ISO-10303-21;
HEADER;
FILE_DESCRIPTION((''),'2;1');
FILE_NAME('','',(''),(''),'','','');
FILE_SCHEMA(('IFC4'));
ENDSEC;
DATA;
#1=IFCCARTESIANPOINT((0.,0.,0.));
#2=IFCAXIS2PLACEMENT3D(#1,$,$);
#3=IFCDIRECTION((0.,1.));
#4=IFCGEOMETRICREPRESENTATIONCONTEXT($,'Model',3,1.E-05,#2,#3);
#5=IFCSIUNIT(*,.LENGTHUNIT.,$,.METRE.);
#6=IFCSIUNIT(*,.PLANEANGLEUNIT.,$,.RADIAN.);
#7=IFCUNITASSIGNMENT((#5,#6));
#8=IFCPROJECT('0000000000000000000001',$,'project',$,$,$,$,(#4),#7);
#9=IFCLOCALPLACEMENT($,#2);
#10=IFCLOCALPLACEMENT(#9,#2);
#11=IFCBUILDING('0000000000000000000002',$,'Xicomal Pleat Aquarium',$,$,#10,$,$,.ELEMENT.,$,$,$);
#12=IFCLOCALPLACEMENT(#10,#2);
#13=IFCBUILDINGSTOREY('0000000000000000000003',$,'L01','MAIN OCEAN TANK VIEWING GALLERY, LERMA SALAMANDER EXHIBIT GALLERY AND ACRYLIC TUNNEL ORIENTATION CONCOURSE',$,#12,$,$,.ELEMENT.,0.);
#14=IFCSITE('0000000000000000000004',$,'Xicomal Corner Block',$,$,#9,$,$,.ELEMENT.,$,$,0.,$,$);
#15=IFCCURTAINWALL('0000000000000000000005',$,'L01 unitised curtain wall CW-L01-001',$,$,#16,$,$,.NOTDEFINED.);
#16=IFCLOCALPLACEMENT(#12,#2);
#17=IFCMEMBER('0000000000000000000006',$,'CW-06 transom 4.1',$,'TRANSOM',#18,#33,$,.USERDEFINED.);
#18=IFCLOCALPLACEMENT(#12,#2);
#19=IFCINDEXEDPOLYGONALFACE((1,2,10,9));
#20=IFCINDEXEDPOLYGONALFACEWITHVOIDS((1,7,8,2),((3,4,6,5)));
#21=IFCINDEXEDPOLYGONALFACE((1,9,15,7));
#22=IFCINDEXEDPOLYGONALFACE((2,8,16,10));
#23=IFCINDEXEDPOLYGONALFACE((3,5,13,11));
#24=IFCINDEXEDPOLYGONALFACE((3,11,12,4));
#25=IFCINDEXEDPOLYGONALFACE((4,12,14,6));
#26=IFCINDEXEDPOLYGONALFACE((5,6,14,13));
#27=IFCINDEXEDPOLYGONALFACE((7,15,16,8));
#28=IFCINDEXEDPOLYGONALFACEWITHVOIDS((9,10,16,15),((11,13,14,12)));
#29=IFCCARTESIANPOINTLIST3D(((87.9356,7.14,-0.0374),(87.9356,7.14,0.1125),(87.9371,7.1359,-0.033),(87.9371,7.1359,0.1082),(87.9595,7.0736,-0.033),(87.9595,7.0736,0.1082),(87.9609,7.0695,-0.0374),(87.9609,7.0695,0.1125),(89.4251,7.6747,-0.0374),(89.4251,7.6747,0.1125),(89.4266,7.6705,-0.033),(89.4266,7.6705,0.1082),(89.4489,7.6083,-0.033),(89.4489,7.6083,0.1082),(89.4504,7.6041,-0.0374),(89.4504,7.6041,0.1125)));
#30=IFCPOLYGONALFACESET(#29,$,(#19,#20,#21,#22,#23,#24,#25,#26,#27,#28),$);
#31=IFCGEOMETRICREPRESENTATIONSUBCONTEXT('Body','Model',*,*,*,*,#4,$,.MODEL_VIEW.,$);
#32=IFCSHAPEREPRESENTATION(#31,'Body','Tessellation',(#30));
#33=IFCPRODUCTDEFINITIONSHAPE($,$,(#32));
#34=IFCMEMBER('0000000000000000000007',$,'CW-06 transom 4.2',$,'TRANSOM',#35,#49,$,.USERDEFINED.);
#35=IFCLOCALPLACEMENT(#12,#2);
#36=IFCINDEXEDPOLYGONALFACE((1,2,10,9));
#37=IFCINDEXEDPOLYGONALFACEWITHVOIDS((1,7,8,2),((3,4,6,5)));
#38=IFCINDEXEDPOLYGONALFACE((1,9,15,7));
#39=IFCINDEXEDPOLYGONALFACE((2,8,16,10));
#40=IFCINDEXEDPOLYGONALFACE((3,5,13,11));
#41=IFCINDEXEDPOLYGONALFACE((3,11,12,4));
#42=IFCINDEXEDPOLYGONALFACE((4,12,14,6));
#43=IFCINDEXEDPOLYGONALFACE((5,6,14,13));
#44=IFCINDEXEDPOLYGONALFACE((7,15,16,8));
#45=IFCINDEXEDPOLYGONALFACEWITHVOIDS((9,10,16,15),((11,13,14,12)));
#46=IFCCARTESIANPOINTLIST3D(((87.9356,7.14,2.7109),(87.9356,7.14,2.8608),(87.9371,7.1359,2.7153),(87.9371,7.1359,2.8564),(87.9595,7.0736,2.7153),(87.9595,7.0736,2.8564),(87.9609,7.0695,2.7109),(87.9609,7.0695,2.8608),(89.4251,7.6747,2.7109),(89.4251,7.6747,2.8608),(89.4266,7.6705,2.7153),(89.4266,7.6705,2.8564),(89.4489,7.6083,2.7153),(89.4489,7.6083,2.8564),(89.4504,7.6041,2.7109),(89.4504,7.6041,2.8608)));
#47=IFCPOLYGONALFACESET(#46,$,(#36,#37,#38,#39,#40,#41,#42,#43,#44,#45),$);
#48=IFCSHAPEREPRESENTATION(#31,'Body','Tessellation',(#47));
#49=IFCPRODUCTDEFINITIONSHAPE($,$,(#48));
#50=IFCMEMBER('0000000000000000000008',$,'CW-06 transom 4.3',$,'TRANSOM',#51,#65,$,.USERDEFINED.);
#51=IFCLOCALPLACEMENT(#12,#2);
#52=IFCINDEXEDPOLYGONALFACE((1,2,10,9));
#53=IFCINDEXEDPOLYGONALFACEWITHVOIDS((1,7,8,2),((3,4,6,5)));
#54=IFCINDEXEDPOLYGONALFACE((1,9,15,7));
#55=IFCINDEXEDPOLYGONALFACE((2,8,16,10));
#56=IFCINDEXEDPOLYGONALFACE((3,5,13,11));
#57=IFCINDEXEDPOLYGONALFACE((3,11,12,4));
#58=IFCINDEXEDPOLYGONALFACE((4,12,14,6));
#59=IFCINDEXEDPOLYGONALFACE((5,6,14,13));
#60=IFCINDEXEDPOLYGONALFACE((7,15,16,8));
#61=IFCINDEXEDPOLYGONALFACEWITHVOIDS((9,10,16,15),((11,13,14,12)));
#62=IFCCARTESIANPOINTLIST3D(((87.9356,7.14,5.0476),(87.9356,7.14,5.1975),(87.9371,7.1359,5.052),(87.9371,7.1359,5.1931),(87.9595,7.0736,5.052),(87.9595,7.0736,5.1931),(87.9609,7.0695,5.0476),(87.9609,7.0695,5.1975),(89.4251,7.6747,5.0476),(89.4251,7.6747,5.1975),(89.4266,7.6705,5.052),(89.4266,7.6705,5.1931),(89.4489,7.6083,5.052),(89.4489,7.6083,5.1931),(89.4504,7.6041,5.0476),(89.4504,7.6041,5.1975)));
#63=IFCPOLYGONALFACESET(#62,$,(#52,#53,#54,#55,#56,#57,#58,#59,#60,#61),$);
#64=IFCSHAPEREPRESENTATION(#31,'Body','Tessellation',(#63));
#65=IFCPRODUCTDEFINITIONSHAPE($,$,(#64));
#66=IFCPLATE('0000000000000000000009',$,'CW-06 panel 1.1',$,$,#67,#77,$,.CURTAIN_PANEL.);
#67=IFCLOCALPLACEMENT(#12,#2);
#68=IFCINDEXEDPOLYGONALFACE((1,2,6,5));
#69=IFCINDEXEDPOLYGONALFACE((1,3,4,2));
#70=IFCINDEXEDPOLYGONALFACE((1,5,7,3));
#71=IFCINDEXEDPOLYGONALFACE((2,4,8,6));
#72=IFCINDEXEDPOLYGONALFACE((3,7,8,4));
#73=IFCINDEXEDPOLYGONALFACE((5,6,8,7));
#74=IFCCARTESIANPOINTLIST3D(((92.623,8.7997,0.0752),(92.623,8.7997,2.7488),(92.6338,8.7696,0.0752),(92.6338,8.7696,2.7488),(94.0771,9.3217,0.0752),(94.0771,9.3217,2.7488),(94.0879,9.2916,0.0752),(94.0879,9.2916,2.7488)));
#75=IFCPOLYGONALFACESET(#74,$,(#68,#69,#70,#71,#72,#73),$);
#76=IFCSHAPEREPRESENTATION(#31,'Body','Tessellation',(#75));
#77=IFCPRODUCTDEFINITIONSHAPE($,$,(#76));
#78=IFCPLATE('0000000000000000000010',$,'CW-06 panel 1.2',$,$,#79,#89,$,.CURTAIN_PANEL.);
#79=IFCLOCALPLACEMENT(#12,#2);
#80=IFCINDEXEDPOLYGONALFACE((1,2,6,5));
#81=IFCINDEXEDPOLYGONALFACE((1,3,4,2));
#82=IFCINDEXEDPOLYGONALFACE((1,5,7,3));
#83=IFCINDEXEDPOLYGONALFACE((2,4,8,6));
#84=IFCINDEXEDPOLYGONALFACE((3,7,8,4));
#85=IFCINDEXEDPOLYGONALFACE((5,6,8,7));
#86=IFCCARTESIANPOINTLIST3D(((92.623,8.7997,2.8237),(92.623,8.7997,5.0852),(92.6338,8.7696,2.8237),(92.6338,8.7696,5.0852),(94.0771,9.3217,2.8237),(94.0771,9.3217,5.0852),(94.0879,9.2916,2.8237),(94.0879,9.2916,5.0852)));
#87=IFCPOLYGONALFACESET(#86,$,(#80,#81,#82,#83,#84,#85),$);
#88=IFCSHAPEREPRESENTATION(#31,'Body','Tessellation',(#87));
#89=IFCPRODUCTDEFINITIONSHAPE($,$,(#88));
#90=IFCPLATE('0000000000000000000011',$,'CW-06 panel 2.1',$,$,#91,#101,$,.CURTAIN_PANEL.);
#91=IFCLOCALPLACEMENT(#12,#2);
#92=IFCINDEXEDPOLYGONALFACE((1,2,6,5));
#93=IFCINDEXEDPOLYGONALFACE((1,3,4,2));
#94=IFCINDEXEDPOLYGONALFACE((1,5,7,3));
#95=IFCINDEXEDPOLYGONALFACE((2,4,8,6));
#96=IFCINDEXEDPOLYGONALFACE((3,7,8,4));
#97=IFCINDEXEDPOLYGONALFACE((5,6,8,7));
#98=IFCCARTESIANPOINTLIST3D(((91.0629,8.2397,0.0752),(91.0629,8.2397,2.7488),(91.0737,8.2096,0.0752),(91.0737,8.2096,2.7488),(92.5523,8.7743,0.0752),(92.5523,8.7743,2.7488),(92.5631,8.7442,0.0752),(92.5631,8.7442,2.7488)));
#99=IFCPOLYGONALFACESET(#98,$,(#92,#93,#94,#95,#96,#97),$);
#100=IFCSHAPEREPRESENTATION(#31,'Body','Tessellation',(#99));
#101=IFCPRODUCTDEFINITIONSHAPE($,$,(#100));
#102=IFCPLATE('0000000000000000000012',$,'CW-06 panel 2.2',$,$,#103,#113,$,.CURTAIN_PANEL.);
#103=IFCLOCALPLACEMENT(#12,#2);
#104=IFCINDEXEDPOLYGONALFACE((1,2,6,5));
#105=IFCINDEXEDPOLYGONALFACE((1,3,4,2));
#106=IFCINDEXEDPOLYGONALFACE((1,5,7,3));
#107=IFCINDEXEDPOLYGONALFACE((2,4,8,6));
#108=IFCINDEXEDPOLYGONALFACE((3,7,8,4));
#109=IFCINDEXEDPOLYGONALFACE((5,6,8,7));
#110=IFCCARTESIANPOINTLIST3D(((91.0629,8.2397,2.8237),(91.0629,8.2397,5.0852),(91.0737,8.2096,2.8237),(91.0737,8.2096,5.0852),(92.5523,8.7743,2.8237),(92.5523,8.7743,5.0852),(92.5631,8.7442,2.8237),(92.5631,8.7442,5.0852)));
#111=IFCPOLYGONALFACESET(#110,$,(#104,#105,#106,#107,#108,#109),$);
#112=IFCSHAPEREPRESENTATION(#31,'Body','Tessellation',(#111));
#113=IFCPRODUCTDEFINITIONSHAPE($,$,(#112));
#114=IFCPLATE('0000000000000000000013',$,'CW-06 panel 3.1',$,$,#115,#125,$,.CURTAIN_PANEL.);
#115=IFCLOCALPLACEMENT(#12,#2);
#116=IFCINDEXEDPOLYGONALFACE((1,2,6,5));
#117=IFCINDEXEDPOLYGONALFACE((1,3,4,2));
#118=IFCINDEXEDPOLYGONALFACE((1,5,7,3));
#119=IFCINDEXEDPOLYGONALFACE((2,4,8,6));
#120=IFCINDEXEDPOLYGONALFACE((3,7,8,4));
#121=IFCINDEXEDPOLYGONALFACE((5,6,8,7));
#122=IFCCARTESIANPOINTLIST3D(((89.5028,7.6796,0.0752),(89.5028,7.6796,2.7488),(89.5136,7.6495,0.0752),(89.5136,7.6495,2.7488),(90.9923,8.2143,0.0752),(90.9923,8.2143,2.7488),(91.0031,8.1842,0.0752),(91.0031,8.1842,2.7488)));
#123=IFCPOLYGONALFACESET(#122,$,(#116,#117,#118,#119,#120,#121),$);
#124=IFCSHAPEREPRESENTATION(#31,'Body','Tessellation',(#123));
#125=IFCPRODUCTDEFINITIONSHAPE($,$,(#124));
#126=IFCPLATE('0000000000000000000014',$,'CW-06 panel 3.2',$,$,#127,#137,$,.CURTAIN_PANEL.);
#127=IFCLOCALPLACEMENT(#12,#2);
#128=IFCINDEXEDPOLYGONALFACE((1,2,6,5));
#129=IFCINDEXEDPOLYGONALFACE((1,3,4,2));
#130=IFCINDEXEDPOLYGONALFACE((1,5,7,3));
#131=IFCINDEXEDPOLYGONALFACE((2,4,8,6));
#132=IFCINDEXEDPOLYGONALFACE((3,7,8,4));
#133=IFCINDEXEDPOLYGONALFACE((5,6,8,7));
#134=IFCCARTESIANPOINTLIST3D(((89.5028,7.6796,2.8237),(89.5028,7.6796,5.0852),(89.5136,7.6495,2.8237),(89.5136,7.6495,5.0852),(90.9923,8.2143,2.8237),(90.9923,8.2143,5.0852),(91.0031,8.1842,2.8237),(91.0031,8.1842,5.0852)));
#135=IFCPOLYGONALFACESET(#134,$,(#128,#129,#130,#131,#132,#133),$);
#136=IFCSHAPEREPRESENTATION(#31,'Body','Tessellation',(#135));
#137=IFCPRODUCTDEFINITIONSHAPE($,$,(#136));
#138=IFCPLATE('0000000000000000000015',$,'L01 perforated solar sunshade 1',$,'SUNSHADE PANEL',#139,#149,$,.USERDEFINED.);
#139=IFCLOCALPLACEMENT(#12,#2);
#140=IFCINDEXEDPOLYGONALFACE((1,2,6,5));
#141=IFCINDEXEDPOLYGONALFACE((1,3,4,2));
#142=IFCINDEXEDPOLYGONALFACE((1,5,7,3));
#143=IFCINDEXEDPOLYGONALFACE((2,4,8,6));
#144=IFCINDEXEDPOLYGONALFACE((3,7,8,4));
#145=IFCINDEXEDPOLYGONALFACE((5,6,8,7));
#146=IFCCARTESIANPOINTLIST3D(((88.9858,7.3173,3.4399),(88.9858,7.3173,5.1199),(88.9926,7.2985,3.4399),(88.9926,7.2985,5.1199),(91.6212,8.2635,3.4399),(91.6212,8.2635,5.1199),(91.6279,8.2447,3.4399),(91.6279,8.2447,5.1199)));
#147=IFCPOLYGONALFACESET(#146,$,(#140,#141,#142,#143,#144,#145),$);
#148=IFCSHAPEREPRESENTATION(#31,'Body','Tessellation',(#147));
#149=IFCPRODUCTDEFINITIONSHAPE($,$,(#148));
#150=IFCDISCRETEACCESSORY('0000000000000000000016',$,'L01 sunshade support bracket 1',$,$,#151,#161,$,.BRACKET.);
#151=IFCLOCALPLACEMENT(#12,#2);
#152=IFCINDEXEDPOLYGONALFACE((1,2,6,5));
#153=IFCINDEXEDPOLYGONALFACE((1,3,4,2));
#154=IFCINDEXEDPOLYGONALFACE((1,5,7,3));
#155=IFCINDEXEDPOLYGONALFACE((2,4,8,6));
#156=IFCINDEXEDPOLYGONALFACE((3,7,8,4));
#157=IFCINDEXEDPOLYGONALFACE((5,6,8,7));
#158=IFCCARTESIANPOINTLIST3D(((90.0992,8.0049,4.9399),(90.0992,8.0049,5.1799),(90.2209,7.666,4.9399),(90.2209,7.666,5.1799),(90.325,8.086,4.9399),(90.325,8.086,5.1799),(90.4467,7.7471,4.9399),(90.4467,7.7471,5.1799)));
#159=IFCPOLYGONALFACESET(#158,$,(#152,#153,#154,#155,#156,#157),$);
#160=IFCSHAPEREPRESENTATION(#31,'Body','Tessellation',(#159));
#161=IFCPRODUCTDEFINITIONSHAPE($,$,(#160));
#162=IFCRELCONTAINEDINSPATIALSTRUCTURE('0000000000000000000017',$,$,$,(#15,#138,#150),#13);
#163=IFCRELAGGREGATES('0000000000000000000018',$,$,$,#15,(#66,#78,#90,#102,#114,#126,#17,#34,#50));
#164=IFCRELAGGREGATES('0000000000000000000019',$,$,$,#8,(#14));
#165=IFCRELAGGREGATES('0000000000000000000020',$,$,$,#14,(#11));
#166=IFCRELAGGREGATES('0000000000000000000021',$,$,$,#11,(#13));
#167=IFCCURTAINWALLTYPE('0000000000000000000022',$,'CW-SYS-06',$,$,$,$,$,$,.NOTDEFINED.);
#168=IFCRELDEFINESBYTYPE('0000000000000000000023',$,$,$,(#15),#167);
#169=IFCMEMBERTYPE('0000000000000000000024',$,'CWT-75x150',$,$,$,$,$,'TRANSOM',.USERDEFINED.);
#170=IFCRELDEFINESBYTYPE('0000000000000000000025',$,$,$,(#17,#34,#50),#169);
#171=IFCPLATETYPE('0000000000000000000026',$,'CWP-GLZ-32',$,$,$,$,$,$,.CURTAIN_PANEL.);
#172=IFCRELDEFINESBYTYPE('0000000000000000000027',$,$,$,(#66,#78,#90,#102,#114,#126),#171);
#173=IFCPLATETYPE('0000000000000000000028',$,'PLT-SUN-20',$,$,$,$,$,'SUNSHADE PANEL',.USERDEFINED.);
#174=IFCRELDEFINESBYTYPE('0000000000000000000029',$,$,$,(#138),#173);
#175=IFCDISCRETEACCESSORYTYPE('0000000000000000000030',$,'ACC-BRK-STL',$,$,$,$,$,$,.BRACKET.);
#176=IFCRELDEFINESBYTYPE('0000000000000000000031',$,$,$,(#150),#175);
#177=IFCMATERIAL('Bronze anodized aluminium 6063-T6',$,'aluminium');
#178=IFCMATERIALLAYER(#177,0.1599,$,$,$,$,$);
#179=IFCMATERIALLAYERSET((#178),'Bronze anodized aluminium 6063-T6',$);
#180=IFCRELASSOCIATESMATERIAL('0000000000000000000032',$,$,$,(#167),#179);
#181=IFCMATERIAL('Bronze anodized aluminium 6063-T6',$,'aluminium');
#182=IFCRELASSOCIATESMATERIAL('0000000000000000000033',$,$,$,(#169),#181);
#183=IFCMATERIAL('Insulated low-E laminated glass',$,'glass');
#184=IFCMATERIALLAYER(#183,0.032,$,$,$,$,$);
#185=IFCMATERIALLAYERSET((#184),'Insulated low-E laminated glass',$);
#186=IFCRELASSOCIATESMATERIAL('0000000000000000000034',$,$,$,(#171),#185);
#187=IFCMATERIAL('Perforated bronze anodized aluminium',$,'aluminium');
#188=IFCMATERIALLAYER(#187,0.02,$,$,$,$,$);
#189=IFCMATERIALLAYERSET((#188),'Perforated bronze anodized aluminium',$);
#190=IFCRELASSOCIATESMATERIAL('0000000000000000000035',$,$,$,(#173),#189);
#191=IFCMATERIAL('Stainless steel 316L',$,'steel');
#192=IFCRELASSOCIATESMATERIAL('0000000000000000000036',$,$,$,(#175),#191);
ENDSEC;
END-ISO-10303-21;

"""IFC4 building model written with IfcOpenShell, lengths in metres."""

from ifc_helpers import new_model, si_unit, direction, frame, origin, origin_2d, place, context, subcontext, project, spatial, rectangle, hollow_rectangle, extrude, material, layer, layer_set, material_profile, profile_set, type_object, element, aggregate, save


model = new_model("IFC4")

# Units and contexts
model_context = context("Model", 3, precision=1e-05, world=origin(), true_north=direction((0.0, 1.0)))
body_context = subcontext(model_context, "Body", "Model", "MODEL_VIEW")
ifc_project = project(units=[si_unit("LENGTHUNIT", "METRE"), si_unit("PLANEANGLEUNIT", "RADIAN")], contexts=[model_context])

# Site, building, storey
site_placement = place(None, origin())
site = spatial("IfcSite", under=ifc_project, at=site_placement, Name="Xicomal Corner Block", CompositionType="ELEMENT", RefElevation=0.0)
building_placement = place(site_placement, origin())
building = spatial("IfcBuilding", under=site, at=building_placement, Name="Xicomal Pleat Aquarium", CompositionType="ELEMENT")
storey_placement = place(building_placement, origin())
storey = spatial("IfcBuildingStorey", under=building, at=storey_placement, Name="L01", Description="MAIN OCEAN TANK VIEWING GALLERY, LERMA SALAMANDER EXHIBIT GALLERY AND ACRYLIC TUNNEL ORIENTATION CONCOURSE", CompositionType="ELEMENT", Elevation=0.0)

# Curtain wall, members, plates
ifc_material_1 = material(Name="Bronze anodized aluminium 6063-T6", Category="aluminium")
ifc_layer_1 = layer(ifc_material_1, 0.1599)
ifc_layer_set_1 = layer_set([ifc_layer_1], Name="Bronze anodized aluminium 6063-T6")
curtain_wall_type = type_object("IfcCurtainWallType", Name="CW-SYS-06", PredefinedType="NOTDEFINED", material=ifc_layer_set_1)
curtain_wall_placement = place(storey_placement, origin())
curtain_wall = element("IfcCurtainWall", 1, at=curtain_wall_placement, inside=storey, type_object=curtain_wall_type, Name="L01 unitised curtain wall CW-L01-001", PredefinedType="NOTDEFINED")
ifc_material_2 = material(Name="Bronze anodized aluminium 6063-T6", Category="aluminium")
ifc_material_profile_1 = material_profile(ifc_material_2, hollow_rectangle(XDim=0.075, YDim=0.1499, WallThickness=0.0044, at=origin_2d()), Name="ALU TRAN 75x150")
ifc_profile_set_1 = profile_set([ifc_material_profile_1], Name="Bronze anodized aluminium 6063-T6")
member_type_1 = type_object("IfcMemberType", Name="CWT-75x150", ElementType="TRANSOM", PredefinedType="USERDEFINED", material=ifc_profile_set_1)
member_1_placement = place(storey_placement, frame((89.4377, 7.6394, 0.0376), z_axis=(-0.9412, -0.337851, 0.0), x_axis=(0.337851, -0.9412, 0.0)))
member_1 = element("IfcMember", 2, at=member_1_placement, type_object=member_type_1, Name="CW-06 transom 4.1", ObjectType="TRANSOM", PredefinedType="USERDEFINED", context=body_context, shape_type="SweptSolid", body=[
    extrude(hollow_rectangle(XDim=0.075, YDim=0.1499, WallThickness=0.0044, at=origin_2d()), origin(), (0.0, 0.0, 1.0), 1.5825),
])
member_2_placement = place(storey_placement, frame((89.4377, 7.6394, 2.7859), z_axis=(-0.9412, -0.337851, 0.0), x_axis=(0.337851, -0.9412, 0.0)))
member_2 = element("IfcMember", 3, at=member_2_placement, type_object=member_type_1, Name="CW-06 transom 4.2", ObjectType="TRANSOM", PredefinedType="USERDEFINED", context=body_context, shape_type="SweptSolid", body=[
    extrude(hollow_rectangle(XDim=0.075, YDim=0.1499, WallThickness=0.0044, at=origin_2d()), origin(), (0.0, 0.0, 1.0), 1.5825),
])
member_3_placement = place(storey_placement, frame((89.4377, 7.6394, 5.1226), z_axis=(-0.9412, -0.337851, 0.0), x_axis=(0.337851, -0.9412, 0.0)))
member_3 = element("IfcMember", 4, at=member_3_placement, type_object=member_type_1, Name="CW-06 transom 4.3", ObjectType="TRANSOM", PredefinedType="USERDEFINED", context=body_context, shape_type="SweptSolid", body=[
    extrude(hollow_rectangle(XDim=0.075, YDim=0.1499, WallThickness=0.0044, at=origin_2d()), origin(), (0.0, 0.0, 1.0), 1.5825),
])
ifc_material_3 = material(Name="Insulated low-E laminated glass", Category="glass")
ifc_layer_2 = layer(ifc_material_3, 0.032)
ifc_layer_set_2 = layer_set([ifc_layer_2], Name="Insulated low-E laminated glass")
plate_type_1 = type_object("IfcPlateType", Name="CWP-GLZ-32", PredefinedType="CURTAIN_PANEL", material=ifc_layer_set_2)
plate_1_placement = place(storey_placement, frame((93.3555, 9.0457, 0.0752), z_axis=(0.0, 0.0, 1.0), x_axis=(-0.941195, -0.337865, 0.0)))
plate_1 = element("IfcPlate", 5, at=plate_1_placement, type_object=plate_type_1, Name="CW-06 panel 1.1", PredefinedType="CURTAIN_PANEL", context=body_context, shape_type="SweptSolid", body=[
    extrude(rectangle(XDim=1.5449, YDim=0.032, at=origin_2d()), origin(), (0.0, 0.0, 1.0), 2.6736),
])
plate_2_placement = place(storey_placement, frame((93.3555, 9.0457, 2.8237), z_axis=(0.0, 0.0, 1.0), x_axis=(-0.941195, -0.337865, 0.0)))
plate_2 = element("IfcPlate", 6, at=plate_2_placement, type_object=plate_type_1, Name="CW-06 panel 1.2", PredefinedType="CURTAIN_PANEL", context=body_context, shape_type="SweptSolid", body=[
    extrude(rectangle(XDim=1.5449, YDim=0.032, at=origin_2d()), origin(), (0.0, 0.0, 1.0), 2.2615),
])
plate_3_placement = place(storey_placement, frame((91.813, 8.4919, 0.0752), z_axis=(0.0, 0.0, 1.0), x_axis=(-0.941195, -0.337865, 0.0)))
plate_3 = element("IfcPlate", 7, at=plate_3_placement, type_object=plate_type_1, Name="CW-06 panel 2.1", PredefinedType="CURTAIN_PANEL", context=body_context, shape_type="SweptSolid", body=[
    extrude(rectangle(XDim=1.5825, YDim=0.032, at=origin_2d()), origin(), (0.0, 0.0, 1.0), 2.6736),
])
plate_4_placement = place(storey_placement, frame((91.813, 8.4919, 2.8237), z_axis=(0.0, 0.0, 1.0), x_axis=(-0.941195, -0.337865, 0.0)))
plate_4 = element("IfcPlate", 8, at=plate_4_placement, type_object=plate_type_1, Name="CW-06 panel 2.2", PredefinedType="CURTAIN_PANEL", context=body_context, shape_type="SweptSolid", body=[
    extrude(rectangle(XDim=1.5825, YDim=0.032, at=origin_2d()), origin(), (0.0, 0.0, 1.0), 2.2615),
])
plate_5_placement = place(storey_placement, frame((90.2529, 7.9319, 0.0752), z_axis=(0.0, 0.0, 1.0), x_axis=(-0.941195, -0.337865, 0.0)))
plate_5 = element("IfcPlate", 9, at=plate_5_placement, type_object=plate_type_1, Name="CW-06 panel 3.1", PredefinedType="CURTAIN_PANEL", context=body_context, shape_type="SweptSolid", body=[
    extrude(rectangle(XDim=1.5825, YDim=0.032, at=origin_2d()), origin(), (0.0, 0.0, 1.0), 2.6736),
])
plate_6_placement = place(storey_placement, frame((90.2529, 7.9319, 2.8237), z_axis=(0.0, 0.0, 1.0), x_axis=(-0.941195, -0.337865, 0.0)))
plate_6 = element("IfcPlate", 10, at=plate_6_placement, type_object=plate_type_1, Name="CW-06 panel 3.2", PredefinedType="CURTAIN_PANEL", context=body_context, shape_type="SweptSolid", body=[
    extrude(rectangle(XDim=1.5825, YDim=0.032, at=origin_2d()), origin(), (0.0, 0.0, 1.0), 2.2615),
])
aggregate(curtain_wall, [plate_1, plate_2, plate_3, plate_4, plate_5, plate_6, member_1, member_2, member_3])

# Plate
ifc_material_4 = material(Name="Perforated bronze anodized aluminium", Category="aluminium")
ifc_layer_3 = layer(ifc_material_4, 0.02)
ifc_layer_set_3 = layer_set([ifc_layer_3], Name="Perforated bronze anodized aluminium")
plate_type_2 = type_object("IfcPlateType", Name="PLT-SUN-20", ElementType="SUNSHADE PANEL", PredefinedType="USERDEFINED", material=ifc_layer_set_3)
plate_7_placement = place(storey_placement, frame((90.3069, 7.781, 3.4399), z_axis=(0.0, 0.0, 1.0), x_axis=(-0.941176, -0.337917, 0.0)))
element("IfcPlate", 11, at=plate_7_placement, inside=storey, type_object=plate_type_2, Name="L01 perforated solar sunshade 1", ObjectType="SUNSHADE PANEL", PredefinedType="USERDEFINED", context=body_context, shape_type="SweptSolid", body=[
    extrude(rectangle(XDim=2.8, YDim=0.02, at=origin_2d()), origin(), (0.0, 0.0, 1.0), 1.6799),
])

# Discrete accessory
ifc_material_5 = material(Name="Stainless steel 316L", Category="steel")
discrete_accessory_type = type_object("IfcDiscreteAccessoryType", Name="ACC-BRK-STL", PredefinedType="BRACKET", material=ifc_material_5)
discrete_accessory_placement = place(storey_placement, frame((90.2729, 7.876, 4.9399), z_axis=(0.0, 0.0, 1.0), x_axis=(-0.941176, -0.337917, 0.0)))
element("IfcDiscreteAccessory", 12, at=discrete_accessory_placement, inside=storey, type_object=discrete_accessory_type, Name="L01 sunshade support bracket 1", PredefinedType="BRACKET", context=body_context, shape_type="SweptSolid", body=[
    extrude(rectangle(XDim=0.24, YDim=0.3601, at=origin_2d()), origin(), (0.0, 0.0, 1.0), 0.24),
])

save(model, "model.ifc")
